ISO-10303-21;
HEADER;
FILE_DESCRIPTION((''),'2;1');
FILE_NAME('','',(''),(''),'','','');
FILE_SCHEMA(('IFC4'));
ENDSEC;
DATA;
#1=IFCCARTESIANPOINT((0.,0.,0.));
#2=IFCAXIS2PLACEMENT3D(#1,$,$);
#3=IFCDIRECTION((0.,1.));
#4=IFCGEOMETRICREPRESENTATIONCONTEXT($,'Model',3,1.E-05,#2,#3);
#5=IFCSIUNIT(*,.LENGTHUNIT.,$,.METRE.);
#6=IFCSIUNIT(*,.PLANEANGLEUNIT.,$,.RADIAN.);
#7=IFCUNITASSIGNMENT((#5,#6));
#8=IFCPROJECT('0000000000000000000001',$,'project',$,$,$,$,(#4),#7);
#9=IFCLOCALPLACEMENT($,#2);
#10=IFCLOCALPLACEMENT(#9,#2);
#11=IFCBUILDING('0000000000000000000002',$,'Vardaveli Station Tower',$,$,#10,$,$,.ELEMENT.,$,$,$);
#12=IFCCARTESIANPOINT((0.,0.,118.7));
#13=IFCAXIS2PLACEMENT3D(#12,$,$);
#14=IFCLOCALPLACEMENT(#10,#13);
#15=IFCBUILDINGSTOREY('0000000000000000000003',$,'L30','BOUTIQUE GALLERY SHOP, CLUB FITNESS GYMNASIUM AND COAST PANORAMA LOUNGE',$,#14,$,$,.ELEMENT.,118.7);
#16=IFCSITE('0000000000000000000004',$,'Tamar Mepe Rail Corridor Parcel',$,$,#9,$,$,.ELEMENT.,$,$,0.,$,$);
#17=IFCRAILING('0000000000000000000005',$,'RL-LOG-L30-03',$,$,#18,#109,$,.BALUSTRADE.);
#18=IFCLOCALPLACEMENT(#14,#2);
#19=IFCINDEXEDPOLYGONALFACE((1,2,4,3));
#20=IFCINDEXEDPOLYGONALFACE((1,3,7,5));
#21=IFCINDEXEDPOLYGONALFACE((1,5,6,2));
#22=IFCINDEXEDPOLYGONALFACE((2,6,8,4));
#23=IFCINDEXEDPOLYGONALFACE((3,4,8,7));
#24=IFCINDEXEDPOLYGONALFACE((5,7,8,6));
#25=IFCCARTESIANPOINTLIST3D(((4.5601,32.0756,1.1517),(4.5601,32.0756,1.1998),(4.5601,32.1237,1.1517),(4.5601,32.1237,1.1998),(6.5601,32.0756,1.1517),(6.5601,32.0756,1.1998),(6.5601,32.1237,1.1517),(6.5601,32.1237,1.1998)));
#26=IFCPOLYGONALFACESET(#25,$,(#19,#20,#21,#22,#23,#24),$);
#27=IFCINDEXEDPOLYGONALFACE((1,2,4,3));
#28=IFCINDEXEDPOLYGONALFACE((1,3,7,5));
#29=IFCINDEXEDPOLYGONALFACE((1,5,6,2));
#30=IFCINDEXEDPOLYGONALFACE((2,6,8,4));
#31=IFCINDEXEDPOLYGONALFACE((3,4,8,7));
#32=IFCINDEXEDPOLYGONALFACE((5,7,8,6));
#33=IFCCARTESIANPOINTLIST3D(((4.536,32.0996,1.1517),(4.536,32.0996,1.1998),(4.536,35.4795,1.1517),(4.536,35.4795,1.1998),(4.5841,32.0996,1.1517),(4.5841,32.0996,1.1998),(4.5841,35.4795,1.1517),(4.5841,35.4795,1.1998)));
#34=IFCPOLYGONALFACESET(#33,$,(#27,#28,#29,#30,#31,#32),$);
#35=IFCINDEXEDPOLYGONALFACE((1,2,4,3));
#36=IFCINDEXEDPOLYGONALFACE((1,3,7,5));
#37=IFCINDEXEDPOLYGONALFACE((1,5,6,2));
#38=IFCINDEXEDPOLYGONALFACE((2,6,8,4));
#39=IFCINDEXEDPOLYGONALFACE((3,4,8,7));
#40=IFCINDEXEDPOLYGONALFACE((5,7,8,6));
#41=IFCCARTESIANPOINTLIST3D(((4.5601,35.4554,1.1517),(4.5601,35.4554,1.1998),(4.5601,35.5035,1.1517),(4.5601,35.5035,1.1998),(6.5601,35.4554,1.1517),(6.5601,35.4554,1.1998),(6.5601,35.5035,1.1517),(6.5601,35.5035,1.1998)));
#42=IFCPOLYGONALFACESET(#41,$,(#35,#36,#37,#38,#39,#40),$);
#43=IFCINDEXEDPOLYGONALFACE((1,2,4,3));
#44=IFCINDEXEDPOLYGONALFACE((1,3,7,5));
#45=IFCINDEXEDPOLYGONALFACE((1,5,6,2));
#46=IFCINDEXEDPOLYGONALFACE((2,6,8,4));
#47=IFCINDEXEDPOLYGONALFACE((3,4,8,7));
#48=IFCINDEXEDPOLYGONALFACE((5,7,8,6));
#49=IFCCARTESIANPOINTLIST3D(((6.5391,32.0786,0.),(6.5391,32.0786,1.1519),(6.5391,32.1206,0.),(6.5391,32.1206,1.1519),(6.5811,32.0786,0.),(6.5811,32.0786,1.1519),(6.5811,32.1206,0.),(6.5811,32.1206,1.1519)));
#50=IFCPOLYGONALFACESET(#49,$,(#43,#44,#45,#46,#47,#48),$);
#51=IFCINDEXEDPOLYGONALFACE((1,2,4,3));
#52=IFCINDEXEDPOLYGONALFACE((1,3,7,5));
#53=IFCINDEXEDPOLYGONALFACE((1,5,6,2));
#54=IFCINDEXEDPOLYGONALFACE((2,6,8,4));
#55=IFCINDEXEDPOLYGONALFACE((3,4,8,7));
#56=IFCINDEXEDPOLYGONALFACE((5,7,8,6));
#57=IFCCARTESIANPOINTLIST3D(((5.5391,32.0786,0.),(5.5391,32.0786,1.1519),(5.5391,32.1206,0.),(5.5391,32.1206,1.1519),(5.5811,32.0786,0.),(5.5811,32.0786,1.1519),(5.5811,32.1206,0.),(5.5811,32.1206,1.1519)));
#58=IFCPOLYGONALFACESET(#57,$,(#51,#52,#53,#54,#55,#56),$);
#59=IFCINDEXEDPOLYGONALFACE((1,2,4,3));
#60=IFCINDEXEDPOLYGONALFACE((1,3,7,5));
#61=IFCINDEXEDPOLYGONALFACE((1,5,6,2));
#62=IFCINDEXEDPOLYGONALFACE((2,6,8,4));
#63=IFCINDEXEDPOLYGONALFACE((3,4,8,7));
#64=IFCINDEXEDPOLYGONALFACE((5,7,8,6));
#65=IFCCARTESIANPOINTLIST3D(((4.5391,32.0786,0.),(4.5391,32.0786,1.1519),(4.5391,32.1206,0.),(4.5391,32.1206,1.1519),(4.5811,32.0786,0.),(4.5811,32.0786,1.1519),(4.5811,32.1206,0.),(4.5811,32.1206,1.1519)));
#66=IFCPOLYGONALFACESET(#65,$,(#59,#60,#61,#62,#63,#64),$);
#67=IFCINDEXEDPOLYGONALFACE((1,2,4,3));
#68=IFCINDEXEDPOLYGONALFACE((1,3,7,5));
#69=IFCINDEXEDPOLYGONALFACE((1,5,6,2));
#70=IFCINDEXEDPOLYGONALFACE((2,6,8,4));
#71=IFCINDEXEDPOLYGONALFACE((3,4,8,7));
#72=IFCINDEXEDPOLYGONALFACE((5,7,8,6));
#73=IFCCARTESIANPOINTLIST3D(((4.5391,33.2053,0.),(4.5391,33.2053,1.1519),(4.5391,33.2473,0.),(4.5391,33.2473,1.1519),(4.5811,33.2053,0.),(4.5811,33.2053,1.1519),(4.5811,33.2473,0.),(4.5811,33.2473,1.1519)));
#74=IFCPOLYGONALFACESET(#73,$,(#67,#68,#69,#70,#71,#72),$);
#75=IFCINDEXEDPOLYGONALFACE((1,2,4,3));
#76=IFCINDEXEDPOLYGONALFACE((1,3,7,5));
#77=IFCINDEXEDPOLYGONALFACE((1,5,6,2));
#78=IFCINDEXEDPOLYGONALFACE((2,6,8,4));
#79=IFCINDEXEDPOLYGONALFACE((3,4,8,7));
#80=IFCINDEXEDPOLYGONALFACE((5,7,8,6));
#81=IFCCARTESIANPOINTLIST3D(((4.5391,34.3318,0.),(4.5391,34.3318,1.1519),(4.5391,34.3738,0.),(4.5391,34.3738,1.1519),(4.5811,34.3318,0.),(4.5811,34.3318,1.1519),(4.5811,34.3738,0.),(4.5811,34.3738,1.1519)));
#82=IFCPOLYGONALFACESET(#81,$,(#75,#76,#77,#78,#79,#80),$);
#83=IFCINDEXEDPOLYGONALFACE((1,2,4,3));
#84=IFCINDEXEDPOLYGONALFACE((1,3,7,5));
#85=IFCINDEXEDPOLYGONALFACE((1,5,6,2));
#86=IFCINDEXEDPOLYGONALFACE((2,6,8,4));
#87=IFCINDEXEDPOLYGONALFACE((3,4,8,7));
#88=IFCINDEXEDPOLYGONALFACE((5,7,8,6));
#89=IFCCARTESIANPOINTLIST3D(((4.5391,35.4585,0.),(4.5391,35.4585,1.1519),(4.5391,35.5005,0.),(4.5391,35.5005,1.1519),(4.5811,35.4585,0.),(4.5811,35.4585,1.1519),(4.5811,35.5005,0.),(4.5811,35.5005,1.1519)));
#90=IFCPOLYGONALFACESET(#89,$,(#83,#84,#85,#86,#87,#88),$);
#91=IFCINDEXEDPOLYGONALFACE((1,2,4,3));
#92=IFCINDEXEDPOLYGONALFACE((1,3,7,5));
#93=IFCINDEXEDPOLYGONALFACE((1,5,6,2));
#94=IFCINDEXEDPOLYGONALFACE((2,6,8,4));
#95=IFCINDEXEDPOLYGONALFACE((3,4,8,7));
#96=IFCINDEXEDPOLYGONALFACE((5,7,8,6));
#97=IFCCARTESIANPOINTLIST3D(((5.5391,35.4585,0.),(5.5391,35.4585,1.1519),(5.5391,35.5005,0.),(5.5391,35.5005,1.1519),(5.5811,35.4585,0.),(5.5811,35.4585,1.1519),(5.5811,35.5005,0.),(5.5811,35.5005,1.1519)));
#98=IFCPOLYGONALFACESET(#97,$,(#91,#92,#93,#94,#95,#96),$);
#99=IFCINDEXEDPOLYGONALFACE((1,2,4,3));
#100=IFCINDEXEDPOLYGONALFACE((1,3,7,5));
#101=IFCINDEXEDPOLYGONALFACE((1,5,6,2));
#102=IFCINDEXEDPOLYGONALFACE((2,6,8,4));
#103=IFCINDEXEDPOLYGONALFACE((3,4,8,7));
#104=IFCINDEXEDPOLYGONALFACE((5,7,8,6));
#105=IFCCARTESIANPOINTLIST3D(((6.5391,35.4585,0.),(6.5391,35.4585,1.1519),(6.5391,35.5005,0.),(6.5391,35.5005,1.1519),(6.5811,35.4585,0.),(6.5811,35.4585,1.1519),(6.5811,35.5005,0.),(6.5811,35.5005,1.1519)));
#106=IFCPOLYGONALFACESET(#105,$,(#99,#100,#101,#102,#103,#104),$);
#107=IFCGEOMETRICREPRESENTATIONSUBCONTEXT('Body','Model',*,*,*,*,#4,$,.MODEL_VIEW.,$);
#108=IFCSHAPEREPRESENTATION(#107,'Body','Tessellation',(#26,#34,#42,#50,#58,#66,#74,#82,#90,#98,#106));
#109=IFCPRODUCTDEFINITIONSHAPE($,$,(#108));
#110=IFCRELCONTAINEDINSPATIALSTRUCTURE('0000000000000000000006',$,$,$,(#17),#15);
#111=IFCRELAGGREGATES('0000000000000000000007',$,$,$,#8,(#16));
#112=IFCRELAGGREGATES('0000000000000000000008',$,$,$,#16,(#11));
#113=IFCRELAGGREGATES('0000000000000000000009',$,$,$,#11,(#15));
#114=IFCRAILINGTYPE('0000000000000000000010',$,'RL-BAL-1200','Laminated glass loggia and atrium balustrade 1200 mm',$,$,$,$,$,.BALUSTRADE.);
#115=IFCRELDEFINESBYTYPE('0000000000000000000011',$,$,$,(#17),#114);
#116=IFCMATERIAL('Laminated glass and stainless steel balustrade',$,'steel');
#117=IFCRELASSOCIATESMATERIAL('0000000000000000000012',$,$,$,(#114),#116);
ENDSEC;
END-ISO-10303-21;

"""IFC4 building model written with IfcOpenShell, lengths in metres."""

from ifc_helpers import new_model, si_unit, direction, frame, origin, origin_2d, place, context, subcontext, project, spatial, rectangle, extrude, source, transform, mapped, material, type_object, element, save


model = new_model("IFC4")

# Units and contexts
model_context = context("Model", 3, precision=1e-05, world=origin(), true_north=direction((0.0, 1.0)))
body_context = subcontext(model_context, "Body", "Model", "MODEL_VIEW")
ifc_project = project(units=[si_unit("LENGTHUNIT", "METRE"), si_unit("PLANEANGLEUNIT", "RADIAN")], contexts=[model_context])

# Site, building, storey
site_placement = place(None, origin())
site = spatial("IfcSite", under=ifc_project, at=site_placement, Name="Tamar Mepe Rail Corridor Parcel", CompositionType="ELEMENT", RefElevation=0.0)
building_placement = place(site_placement, origin())
building = spatial("IfcBuilding", under=site, at=building_placement, Name="Vardaveli Station Tower", CompositionType="ELEMENT")
storey_placement = place(building_placement, frame((0.0, 0.0, 118.7)))
storey = spatial("IfcBuildingStorey", under=building, at=storey_placement, Name="L30", Description="BOUTIQUE GALLERY SHOP, CLUB FITNESS GYMNASIUM AND COAST PANORAMA LOUNGE", CompositionType="ELEMENT", Elevation=118.7)

# Railing
ifc_material_1 = material(Name="Laminated glass and stainless steel balustrade", Category="steel")
railing_type = type_object("IfcRailingType", Name="RL-BAL-1200", Description="Laminated glass loggia and atrium balustrade 1200 mm", PredefinedType="BALUSTRADE", material=ifc_material_1)
shared_shape_1 = source(origin(), body_context, "Body", "SweptSolid", [
    extrude(rectangle(XDim=0.0481, YDim=0.0481, at=origin_2d()), frame((0.0, 0.0, 1.1758), z_axis=(-1.0, 0.0, 0.0), x_axis=(0.0, -1.0, 0.0)), (0.0, 0.0, 1.0), 2.0),
    extrude(rectangle(XDim=0.0481, YDim=0.0481, at=origin_2d()), frame((-2.0, 0.0, 1.1758), z_axis=(0.0, 1.0, 0.0), x_axis=(-1.0, 0.0, 0.0)), (0.0, 0.0, 1.0), 3.3799),
    extrude(rectangle(XDim=0.0481, YDim=0.0481, at=origin_2d()), frame((-2.0, 3.3799, 1.1758), z_axis=(1.0, 0.0, 0.0), x_axis=(0.0, 1.0, 0.0)), (0.0, 0.0, 1.0), 2.0),
    extrude(rectangle(XDim=0.042, YDim=0.042, at=origin_2d()), origin(), (0.0, 0.0, 1.0), 1.1519),
    extrude(rectangle(XDim=0.042, YDim=0.042, at=origin_2d()), frame((-1.0, 0.0, 0.0)), (0.0, 0.0, 1.0), 1.1519),
    extrude(rectangle(XDim=0.042, YDim=0.042, at=origin_2d()), frame((-2.0, 0.0, 0.0)), (0.0, 0.0, 1.0), 1.1519),
    extrude(rectangle(XDim=0.042, YDim=0.042, at=origin_2d()), frame((-2.0, 1.1267, 0.0)), (0.0, 0.0, 1.0), 1.1519),
    extrude(rectangle(XDim=0.042, YDim=0.042, at=origin_2d()), frame((-2.0, 2.2532, 0.0)), (0.0, 0.0, 1.0), 1.1519),
    extrude(rectangle(XDim=0.042, YDim=0.042, at=origin_2d()), frame((-2.0, 3.3799, 0.0)), (0.0, 0.0, 1.0), 1.1519),
    extrude(rectangle(XDim=0.042, YDim=0.042, at=origin_2d()), frame((-1.0, 3.3799, 0.0)), (0.0, 0.0, 1.0), 1.1519),
    extrude(rectangle(XDim=0.042, YDim=0.042, at=origin_2d()), frame((0.0, 3.3799, 0.0)), (0.0, 0.0, 1.0), 1.1519),
])
railing_placement = place(storey_placement, frame((6.5601, 32.0996, 0.0)))
element("IfcRailing", 1, at=railing_placement, inside=storey, type_object=railing_type, Name="RL-LOG-L30-03", PredefinedType="BALUSTRADE", context=body_context, shape_type="MappedRepresentation", body=[
    mapped(shared_shape_1, transform((0.0, 0.0, 0.0), scale=1.0)),
])

save(model, "model.ifc")
